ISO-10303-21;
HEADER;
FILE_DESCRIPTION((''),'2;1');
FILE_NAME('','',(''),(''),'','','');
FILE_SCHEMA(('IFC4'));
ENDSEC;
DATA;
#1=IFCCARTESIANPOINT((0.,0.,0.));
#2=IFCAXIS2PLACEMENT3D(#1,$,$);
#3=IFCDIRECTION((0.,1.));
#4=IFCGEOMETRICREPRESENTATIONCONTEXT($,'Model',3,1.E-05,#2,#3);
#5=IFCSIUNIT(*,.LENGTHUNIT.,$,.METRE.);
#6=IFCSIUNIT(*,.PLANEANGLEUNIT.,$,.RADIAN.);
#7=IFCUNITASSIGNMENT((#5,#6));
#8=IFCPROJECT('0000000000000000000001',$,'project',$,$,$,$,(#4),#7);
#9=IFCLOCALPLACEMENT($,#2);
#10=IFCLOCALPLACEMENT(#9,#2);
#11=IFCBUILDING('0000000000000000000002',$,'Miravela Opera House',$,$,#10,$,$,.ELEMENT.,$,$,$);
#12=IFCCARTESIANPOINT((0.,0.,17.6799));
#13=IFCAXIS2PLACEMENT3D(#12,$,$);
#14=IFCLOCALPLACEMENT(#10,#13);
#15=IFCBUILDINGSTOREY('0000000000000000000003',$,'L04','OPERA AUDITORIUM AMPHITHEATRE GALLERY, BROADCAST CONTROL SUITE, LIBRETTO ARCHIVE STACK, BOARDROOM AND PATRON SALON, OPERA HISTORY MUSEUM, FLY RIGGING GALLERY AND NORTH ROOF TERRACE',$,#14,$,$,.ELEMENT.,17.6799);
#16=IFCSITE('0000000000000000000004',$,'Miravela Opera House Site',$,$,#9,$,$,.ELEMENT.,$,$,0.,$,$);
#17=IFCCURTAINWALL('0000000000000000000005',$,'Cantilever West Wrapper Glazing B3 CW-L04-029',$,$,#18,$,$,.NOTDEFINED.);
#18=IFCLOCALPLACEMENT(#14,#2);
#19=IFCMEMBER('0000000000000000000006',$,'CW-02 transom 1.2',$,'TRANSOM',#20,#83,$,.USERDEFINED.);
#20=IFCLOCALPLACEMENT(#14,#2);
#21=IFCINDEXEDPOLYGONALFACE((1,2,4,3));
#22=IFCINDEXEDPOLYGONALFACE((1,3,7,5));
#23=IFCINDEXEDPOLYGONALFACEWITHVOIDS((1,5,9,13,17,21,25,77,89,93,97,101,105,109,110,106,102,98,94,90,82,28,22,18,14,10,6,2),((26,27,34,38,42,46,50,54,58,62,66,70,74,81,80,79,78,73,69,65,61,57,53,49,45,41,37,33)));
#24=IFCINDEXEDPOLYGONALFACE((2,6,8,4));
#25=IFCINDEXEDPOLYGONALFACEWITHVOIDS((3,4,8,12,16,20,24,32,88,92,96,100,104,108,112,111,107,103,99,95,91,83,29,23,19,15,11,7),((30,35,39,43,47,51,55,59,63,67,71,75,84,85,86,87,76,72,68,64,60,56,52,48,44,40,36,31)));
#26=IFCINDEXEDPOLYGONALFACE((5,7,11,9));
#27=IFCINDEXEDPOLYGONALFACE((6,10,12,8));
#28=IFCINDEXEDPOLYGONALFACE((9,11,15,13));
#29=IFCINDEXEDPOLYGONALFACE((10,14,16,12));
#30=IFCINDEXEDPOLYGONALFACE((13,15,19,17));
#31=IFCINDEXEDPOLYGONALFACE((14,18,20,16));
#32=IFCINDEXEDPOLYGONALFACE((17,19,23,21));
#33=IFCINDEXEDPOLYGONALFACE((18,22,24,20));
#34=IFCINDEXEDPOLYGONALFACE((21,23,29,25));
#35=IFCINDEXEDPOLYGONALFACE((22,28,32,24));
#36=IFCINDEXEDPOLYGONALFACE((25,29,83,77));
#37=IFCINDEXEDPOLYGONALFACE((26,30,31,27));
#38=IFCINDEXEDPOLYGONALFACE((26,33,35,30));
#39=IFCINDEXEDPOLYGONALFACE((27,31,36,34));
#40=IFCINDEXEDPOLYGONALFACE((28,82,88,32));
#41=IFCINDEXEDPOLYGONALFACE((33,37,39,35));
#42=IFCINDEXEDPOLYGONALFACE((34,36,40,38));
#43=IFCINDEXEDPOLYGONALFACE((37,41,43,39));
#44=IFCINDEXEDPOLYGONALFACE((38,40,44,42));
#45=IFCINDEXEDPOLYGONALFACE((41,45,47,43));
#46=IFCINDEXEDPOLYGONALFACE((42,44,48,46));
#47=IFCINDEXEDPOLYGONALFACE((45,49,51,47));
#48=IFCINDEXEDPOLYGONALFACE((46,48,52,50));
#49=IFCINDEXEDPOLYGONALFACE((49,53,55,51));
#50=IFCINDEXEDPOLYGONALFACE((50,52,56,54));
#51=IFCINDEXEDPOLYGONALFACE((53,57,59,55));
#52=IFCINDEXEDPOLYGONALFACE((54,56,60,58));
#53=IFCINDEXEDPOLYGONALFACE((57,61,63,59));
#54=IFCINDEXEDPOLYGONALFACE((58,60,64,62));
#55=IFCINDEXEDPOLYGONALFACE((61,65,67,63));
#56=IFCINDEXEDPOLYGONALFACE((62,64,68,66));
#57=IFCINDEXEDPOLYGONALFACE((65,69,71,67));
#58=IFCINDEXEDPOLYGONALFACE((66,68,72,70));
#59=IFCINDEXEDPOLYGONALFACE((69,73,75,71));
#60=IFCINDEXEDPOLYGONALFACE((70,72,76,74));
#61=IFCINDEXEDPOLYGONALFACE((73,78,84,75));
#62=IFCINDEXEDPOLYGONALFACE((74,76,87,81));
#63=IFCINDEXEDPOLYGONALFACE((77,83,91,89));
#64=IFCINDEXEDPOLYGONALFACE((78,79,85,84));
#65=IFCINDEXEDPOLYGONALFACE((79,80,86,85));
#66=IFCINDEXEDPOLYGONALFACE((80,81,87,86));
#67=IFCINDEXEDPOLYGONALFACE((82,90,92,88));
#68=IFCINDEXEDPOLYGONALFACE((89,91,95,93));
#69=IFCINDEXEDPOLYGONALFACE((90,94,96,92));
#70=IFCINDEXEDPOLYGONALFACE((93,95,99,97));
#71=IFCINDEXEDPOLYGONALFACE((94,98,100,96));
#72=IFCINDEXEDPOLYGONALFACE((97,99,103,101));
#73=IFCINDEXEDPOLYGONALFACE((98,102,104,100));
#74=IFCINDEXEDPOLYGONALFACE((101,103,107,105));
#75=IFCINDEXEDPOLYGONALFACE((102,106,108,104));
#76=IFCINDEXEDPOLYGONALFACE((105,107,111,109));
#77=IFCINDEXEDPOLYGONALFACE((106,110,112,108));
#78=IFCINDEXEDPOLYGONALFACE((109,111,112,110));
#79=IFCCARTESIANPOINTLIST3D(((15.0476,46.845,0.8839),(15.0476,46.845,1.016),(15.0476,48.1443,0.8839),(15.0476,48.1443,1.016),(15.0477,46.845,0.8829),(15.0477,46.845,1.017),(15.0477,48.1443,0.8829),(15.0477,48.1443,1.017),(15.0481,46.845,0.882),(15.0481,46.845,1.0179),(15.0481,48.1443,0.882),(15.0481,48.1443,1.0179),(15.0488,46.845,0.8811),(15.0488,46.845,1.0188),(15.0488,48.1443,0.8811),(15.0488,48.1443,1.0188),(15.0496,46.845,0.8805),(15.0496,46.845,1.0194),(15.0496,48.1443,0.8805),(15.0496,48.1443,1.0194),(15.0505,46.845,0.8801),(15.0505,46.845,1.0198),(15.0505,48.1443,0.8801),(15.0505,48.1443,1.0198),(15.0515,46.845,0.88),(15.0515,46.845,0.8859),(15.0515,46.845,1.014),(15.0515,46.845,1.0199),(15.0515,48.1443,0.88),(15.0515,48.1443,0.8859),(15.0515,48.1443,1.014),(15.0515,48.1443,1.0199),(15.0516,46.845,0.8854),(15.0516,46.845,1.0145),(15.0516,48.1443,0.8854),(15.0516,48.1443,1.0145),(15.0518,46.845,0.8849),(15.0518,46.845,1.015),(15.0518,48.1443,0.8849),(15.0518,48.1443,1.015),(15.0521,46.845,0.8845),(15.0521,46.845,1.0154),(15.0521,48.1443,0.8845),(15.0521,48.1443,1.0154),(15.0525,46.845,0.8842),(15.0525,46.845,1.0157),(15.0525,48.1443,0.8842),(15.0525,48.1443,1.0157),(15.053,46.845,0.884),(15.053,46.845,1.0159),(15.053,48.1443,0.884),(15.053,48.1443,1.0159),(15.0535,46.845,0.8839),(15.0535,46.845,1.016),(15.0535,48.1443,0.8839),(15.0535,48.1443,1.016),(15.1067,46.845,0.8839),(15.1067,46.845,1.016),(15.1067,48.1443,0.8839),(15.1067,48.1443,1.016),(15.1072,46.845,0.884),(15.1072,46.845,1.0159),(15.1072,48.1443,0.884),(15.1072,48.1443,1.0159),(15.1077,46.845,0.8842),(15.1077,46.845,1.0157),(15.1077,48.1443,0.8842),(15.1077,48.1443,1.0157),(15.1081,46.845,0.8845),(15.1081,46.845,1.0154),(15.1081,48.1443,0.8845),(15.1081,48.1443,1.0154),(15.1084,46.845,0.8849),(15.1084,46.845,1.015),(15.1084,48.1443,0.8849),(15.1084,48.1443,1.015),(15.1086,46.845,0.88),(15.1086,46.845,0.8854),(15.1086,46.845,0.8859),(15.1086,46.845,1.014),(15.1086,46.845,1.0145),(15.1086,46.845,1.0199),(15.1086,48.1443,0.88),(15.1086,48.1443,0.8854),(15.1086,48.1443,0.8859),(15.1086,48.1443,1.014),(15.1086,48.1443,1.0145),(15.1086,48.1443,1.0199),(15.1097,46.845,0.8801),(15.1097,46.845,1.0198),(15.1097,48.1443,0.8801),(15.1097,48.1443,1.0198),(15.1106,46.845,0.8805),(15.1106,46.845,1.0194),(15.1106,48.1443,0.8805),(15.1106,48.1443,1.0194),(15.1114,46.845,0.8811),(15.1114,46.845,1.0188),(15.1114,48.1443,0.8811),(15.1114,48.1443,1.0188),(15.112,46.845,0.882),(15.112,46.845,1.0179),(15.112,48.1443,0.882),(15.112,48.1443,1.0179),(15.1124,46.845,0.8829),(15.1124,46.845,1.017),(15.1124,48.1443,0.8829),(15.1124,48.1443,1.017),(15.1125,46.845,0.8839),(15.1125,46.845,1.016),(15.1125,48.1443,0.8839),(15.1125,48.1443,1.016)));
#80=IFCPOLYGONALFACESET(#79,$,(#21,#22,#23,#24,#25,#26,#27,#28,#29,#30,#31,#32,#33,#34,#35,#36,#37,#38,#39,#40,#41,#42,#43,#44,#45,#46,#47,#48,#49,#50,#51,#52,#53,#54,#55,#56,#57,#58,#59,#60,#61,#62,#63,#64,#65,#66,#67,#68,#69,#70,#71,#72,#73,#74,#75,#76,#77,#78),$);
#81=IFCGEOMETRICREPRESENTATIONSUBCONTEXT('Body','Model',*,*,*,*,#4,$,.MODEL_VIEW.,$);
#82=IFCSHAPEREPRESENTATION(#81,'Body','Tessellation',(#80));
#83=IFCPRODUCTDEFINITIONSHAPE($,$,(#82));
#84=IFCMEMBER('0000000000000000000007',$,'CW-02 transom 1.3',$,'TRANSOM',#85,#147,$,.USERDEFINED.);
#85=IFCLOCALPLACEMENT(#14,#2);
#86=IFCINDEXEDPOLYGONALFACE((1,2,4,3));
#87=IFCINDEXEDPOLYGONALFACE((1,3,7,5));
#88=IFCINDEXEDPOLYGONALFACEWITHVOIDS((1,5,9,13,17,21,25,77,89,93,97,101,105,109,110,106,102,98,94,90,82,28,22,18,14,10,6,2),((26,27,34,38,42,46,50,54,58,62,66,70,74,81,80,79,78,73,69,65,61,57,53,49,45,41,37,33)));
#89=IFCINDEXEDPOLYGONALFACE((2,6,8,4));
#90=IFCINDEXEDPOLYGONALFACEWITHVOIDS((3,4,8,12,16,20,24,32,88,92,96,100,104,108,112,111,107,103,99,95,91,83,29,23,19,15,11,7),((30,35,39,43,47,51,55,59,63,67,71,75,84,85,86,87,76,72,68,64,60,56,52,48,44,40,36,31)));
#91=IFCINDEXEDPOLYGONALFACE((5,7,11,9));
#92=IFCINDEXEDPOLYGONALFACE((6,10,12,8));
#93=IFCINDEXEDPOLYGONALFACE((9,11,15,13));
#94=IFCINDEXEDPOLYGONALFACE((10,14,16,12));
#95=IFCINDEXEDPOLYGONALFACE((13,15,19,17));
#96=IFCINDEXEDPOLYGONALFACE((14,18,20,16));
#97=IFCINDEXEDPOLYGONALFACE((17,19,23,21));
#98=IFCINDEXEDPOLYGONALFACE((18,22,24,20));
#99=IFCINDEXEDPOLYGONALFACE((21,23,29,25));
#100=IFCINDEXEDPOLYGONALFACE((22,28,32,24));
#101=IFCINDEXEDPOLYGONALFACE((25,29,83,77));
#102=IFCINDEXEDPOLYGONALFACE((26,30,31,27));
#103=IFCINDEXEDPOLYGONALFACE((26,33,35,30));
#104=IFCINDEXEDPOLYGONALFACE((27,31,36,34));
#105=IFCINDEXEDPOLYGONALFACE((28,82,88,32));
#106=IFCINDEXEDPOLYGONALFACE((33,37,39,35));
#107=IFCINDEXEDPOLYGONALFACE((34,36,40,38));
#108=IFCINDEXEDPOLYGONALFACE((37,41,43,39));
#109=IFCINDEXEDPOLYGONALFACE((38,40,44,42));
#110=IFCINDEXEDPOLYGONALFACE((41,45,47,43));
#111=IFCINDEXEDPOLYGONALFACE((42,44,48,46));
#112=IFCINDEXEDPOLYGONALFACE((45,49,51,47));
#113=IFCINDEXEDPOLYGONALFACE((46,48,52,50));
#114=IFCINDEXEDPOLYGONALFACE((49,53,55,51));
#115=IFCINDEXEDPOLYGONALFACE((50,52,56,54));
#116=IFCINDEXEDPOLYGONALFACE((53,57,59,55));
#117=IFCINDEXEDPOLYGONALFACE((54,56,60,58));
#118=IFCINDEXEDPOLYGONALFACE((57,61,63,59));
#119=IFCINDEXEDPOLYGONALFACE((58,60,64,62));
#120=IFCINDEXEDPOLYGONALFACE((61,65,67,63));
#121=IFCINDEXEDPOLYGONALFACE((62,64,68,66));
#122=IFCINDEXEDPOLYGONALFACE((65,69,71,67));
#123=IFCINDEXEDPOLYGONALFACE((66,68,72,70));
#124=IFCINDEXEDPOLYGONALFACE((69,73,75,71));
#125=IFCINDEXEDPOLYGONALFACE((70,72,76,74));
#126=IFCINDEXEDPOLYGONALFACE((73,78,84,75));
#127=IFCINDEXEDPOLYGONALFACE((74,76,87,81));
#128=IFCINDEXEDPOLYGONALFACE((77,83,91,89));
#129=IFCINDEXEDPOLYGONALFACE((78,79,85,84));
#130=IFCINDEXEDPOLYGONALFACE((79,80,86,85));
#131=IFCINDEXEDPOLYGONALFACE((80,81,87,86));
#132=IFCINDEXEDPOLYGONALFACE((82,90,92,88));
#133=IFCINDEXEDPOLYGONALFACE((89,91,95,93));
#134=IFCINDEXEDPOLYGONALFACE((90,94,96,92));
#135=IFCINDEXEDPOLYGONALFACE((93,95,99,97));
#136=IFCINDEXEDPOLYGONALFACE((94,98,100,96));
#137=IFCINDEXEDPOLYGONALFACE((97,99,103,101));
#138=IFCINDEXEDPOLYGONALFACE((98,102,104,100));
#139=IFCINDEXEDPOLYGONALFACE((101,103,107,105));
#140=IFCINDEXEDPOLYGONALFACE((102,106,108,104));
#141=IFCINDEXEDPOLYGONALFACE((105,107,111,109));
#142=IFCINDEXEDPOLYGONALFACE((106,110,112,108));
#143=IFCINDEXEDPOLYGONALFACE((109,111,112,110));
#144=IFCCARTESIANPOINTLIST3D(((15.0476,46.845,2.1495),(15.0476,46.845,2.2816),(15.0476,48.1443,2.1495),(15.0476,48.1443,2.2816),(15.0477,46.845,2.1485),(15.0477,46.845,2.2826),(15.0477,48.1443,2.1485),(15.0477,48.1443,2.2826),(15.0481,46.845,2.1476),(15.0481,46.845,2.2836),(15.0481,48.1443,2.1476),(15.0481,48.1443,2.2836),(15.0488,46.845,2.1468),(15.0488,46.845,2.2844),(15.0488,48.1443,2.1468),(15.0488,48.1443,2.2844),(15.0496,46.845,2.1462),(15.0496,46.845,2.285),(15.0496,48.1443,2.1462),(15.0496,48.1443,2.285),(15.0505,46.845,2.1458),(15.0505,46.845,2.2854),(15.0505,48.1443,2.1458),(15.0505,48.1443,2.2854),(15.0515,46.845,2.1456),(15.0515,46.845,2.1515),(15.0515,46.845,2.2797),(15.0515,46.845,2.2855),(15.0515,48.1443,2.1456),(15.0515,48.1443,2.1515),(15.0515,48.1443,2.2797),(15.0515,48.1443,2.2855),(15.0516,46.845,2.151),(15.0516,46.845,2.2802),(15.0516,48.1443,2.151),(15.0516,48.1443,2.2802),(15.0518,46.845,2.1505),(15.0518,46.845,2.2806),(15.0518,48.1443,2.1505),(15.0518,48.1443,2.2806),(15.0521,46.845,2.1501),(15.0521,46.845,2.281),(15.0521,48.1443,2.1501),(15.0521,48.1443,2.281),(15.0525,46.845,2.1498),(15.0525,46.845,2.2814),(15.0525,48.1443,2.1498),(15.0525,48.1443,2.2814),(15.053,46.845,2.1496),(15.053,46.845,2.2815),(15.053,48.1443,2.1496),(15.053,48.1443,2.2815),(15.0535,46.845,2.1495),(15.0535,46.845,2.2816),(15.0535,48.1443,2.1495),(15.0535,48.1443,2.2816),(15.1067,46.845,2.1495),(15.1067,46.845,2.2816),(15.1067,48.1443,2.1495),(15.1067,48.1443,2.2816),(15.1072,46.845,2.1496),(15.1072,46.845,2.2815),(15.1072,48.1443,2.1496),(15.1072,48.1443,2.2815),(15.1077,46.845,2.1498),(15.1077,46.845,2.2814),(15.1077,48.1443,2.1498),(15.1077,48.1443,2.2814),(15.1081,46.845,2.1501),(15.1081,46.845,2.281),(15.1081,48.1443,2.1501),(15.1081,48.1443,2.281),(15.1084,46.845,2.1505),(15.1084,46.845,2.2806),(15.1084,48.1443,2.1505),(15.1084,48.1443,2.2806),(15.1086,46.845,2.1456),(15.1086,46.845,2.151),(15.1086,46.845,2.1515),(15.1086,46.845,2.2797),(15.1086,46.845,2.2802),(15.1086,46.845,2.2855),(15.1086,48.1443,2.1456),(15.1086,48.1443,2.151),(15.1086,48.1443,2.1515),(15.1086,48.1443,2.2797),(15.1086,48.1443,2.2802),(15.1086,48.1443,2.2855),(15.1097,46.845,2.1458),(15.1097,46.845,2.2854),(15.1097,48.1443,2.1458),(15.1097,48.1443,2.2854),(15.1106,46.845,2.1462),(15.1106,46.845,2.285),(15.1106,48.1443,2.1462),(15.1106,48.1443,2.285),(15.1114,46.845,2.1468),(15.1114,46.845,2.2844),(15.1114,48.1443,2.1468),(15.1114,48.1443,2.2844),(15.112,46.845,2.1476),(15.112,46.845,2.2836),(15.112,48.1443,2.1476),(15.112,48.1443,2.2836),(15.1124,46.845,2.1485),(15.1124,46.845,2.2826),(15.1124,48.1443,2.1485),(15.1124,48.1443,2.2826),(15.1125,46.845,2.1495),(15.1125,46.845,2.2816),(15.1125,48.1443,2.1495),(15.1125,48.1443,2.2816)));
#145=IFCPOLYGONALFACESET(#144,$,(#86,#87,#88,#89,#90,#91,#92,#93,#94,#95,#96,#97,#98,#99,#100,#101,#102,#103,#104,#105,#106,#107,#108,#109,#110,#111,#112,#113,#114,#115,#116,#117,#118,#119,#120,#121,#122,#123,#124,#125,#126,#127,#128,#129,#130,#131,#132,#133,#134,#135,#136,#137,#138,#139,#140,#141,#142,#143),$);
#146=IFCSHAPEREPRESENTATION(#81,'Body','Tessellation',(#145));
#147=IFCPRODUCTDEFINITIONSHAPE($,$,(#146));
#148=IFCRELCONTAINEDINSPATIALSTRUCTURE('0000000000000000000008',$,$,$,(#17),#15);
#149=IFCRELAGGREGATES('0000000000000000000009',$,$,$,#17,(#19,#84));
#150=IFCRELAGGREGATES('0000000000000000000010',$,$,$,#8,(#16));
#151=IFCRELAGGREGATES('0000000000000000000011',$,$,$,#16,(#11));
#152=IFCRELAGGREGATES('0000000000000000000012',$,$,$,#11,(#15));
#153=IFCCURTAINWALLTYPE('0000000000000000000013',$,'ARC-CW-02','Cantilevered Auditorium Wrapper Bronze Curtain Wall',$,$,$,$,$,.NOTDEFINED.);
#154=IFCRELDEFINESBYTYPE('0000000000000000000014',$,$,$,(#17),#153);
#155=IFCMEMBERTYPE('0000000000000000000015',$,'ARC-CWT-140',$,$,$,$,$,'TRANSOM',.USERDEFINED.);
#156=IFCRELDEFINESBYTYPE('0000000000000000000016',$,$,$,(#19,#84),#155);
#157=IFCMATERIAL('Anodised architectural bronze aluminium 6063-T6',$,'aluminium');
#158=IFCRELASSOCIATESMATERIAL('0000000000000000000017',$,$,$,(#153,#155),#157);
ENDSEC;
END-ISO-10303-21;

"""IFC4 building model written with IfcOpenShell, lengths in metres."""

from ifc_helpers import new_model, si_unit, direction, frame, origin, origin_2d, place, context, subcontext, project, spatial, hollow_rectangle, extrude, material, material_profile, profile_set, type_object, element, aggregate, save


model = new_model("IFC4")

# Units and contexts
model_context = context("Model", 3, precision=1e-05, world=origin(), true_north=direction((0.0, 1.0)))
body_context = subcontext(model_context, "Body", "Model", "MODEL_VIEW")
ifc_project = project(units=[si_unit("LENGTHUNIT", "METRE"), si_unit("PLANEANGLEUNIT", "RADIAN")], contexts=[model_context])

# Site, building, storey
site_placement = place(None, origin())
site = spatial("IfcSite", under=ifc_project, at=site_placement, Name="Miravela Opera House Site", CompositionType="ELEMENT", RefElevation=0.0)
building_placement = place(site_placement, origin())
building = spatial("IfcBuilding", under=site, at=building_placement, Name="Miravela Opera House", CompositionType="ELEMENT")
storey_placement = place(building_placement, frame((0.0, 0.0, 17.6799)))
storey = spatial("IfcBuildingStorey", under=building, at=storey_placement, Name="L04", Description="OPERA AUDITORIUM AMPHITHEATRE GALLERY, BROADCAST CONTROL SUITE, LIBRETTO ARCHIVE STACK, BOARDROOM AND PATRON SALON, OPERA HISTORY MUSEUM, FLY RIGGING GALLERY AND NORTH ROOF TERRACE", CompositionType="ELEMENT", Elevation=17.6799)

# Shared definitions
ifc_material_1 = material(Name="Anodised architectural bronze aluminium 6063-T6", Category="aluminium")
curtain_wall_type = type_object("IfcCurtainWallType", Name="ARC-CW-02", Description="Cantilevered Auditorium Wrapper Bronze Curtain Wall", PredefinedType="NOTDEFINED", material=ifc_material_1)

# Curtain wall
curtain_wall_1_placement = place(storey_placement, origin())
curtain_wall_1 = element("IfcCurtainWall", 1, at=curtain_wall_1_placement, inside=storey, type_object=curtain_wall_type, Name="Cantilever West Wrapper Glazing B3 CW-L04-029", PredefinedType="NOTDEFINED")

# Members
ifc_material_profile_1 = material_profile(ifc_material_1, hollow_rectangle(XDim=0.0649, YDim=0.1399, WallThickness=0.0039, InnerFilletRadius=0.002, OuterFilletRadius=0.0039, at=origin_2d()), Name="CWT-65X140")
ifc_profile_set_1 = profile_set([ifc_material_profile_1])
member_type_1 = type_object("IfcMemberType", Name="ARC-CWT-140", ElementType="TRANSOM", PredefinedType="USERDEFINED", material=ifc_profile_set_1)
member_1_placement = place(storey_placement, frame((15.0801, 46.845, 0.95), z_axis=(0.0, 1.0, 0.0), x_axis=(-1.0, 0.0, 0.0)))
member_1 = element("IfcMember", 2, at=member_1_placement, type_object=member_type_1, Name="CW-02 transom 1.2", ObjectType="TRANSOM", PredefinedType="USERDEFINED", context=body_context, shape_type="SweptSolid", body=[
    extrude(hollow_rectangle(XDim=0.0649, YDim=0.1399, WallThickness=0.0039, InnerFilletRadius=0.002, OuterFilletRadius=0.0039, at=origin_2d()), origin(), (0.0, 0.0, 1.0), 1.2993),
])
member_2_placement = place(storey_placement, frame((15.0801, 46.845, 2.2156), z_axis=(0.0, 1.0, 0.0), x_axis=(-1.0, 0.0, 0.0)))
member_2 = element("IfcMember", 3, at=member_2_placement, type_object=member_type_1, Name="CW-02 transom 1.3", ObjectType="TRANSOM", PredefinedType="USERDEFINED", context=body_context, shape_type="SweptSolid", body=[
    extrude(hollow_rectangle(XDim=0.0649, YDim=0.1399, WallThickness=0.0039, InnerFilletRadius=0.002, OuterFilletRadius=0.0039, at=origin_2d()), origin(), (0.0, 0.0, 1.0), 1.2993),
])

aggregate(curtain_wall_1, [member_1, member_2])

save(model, "model.ifc")
